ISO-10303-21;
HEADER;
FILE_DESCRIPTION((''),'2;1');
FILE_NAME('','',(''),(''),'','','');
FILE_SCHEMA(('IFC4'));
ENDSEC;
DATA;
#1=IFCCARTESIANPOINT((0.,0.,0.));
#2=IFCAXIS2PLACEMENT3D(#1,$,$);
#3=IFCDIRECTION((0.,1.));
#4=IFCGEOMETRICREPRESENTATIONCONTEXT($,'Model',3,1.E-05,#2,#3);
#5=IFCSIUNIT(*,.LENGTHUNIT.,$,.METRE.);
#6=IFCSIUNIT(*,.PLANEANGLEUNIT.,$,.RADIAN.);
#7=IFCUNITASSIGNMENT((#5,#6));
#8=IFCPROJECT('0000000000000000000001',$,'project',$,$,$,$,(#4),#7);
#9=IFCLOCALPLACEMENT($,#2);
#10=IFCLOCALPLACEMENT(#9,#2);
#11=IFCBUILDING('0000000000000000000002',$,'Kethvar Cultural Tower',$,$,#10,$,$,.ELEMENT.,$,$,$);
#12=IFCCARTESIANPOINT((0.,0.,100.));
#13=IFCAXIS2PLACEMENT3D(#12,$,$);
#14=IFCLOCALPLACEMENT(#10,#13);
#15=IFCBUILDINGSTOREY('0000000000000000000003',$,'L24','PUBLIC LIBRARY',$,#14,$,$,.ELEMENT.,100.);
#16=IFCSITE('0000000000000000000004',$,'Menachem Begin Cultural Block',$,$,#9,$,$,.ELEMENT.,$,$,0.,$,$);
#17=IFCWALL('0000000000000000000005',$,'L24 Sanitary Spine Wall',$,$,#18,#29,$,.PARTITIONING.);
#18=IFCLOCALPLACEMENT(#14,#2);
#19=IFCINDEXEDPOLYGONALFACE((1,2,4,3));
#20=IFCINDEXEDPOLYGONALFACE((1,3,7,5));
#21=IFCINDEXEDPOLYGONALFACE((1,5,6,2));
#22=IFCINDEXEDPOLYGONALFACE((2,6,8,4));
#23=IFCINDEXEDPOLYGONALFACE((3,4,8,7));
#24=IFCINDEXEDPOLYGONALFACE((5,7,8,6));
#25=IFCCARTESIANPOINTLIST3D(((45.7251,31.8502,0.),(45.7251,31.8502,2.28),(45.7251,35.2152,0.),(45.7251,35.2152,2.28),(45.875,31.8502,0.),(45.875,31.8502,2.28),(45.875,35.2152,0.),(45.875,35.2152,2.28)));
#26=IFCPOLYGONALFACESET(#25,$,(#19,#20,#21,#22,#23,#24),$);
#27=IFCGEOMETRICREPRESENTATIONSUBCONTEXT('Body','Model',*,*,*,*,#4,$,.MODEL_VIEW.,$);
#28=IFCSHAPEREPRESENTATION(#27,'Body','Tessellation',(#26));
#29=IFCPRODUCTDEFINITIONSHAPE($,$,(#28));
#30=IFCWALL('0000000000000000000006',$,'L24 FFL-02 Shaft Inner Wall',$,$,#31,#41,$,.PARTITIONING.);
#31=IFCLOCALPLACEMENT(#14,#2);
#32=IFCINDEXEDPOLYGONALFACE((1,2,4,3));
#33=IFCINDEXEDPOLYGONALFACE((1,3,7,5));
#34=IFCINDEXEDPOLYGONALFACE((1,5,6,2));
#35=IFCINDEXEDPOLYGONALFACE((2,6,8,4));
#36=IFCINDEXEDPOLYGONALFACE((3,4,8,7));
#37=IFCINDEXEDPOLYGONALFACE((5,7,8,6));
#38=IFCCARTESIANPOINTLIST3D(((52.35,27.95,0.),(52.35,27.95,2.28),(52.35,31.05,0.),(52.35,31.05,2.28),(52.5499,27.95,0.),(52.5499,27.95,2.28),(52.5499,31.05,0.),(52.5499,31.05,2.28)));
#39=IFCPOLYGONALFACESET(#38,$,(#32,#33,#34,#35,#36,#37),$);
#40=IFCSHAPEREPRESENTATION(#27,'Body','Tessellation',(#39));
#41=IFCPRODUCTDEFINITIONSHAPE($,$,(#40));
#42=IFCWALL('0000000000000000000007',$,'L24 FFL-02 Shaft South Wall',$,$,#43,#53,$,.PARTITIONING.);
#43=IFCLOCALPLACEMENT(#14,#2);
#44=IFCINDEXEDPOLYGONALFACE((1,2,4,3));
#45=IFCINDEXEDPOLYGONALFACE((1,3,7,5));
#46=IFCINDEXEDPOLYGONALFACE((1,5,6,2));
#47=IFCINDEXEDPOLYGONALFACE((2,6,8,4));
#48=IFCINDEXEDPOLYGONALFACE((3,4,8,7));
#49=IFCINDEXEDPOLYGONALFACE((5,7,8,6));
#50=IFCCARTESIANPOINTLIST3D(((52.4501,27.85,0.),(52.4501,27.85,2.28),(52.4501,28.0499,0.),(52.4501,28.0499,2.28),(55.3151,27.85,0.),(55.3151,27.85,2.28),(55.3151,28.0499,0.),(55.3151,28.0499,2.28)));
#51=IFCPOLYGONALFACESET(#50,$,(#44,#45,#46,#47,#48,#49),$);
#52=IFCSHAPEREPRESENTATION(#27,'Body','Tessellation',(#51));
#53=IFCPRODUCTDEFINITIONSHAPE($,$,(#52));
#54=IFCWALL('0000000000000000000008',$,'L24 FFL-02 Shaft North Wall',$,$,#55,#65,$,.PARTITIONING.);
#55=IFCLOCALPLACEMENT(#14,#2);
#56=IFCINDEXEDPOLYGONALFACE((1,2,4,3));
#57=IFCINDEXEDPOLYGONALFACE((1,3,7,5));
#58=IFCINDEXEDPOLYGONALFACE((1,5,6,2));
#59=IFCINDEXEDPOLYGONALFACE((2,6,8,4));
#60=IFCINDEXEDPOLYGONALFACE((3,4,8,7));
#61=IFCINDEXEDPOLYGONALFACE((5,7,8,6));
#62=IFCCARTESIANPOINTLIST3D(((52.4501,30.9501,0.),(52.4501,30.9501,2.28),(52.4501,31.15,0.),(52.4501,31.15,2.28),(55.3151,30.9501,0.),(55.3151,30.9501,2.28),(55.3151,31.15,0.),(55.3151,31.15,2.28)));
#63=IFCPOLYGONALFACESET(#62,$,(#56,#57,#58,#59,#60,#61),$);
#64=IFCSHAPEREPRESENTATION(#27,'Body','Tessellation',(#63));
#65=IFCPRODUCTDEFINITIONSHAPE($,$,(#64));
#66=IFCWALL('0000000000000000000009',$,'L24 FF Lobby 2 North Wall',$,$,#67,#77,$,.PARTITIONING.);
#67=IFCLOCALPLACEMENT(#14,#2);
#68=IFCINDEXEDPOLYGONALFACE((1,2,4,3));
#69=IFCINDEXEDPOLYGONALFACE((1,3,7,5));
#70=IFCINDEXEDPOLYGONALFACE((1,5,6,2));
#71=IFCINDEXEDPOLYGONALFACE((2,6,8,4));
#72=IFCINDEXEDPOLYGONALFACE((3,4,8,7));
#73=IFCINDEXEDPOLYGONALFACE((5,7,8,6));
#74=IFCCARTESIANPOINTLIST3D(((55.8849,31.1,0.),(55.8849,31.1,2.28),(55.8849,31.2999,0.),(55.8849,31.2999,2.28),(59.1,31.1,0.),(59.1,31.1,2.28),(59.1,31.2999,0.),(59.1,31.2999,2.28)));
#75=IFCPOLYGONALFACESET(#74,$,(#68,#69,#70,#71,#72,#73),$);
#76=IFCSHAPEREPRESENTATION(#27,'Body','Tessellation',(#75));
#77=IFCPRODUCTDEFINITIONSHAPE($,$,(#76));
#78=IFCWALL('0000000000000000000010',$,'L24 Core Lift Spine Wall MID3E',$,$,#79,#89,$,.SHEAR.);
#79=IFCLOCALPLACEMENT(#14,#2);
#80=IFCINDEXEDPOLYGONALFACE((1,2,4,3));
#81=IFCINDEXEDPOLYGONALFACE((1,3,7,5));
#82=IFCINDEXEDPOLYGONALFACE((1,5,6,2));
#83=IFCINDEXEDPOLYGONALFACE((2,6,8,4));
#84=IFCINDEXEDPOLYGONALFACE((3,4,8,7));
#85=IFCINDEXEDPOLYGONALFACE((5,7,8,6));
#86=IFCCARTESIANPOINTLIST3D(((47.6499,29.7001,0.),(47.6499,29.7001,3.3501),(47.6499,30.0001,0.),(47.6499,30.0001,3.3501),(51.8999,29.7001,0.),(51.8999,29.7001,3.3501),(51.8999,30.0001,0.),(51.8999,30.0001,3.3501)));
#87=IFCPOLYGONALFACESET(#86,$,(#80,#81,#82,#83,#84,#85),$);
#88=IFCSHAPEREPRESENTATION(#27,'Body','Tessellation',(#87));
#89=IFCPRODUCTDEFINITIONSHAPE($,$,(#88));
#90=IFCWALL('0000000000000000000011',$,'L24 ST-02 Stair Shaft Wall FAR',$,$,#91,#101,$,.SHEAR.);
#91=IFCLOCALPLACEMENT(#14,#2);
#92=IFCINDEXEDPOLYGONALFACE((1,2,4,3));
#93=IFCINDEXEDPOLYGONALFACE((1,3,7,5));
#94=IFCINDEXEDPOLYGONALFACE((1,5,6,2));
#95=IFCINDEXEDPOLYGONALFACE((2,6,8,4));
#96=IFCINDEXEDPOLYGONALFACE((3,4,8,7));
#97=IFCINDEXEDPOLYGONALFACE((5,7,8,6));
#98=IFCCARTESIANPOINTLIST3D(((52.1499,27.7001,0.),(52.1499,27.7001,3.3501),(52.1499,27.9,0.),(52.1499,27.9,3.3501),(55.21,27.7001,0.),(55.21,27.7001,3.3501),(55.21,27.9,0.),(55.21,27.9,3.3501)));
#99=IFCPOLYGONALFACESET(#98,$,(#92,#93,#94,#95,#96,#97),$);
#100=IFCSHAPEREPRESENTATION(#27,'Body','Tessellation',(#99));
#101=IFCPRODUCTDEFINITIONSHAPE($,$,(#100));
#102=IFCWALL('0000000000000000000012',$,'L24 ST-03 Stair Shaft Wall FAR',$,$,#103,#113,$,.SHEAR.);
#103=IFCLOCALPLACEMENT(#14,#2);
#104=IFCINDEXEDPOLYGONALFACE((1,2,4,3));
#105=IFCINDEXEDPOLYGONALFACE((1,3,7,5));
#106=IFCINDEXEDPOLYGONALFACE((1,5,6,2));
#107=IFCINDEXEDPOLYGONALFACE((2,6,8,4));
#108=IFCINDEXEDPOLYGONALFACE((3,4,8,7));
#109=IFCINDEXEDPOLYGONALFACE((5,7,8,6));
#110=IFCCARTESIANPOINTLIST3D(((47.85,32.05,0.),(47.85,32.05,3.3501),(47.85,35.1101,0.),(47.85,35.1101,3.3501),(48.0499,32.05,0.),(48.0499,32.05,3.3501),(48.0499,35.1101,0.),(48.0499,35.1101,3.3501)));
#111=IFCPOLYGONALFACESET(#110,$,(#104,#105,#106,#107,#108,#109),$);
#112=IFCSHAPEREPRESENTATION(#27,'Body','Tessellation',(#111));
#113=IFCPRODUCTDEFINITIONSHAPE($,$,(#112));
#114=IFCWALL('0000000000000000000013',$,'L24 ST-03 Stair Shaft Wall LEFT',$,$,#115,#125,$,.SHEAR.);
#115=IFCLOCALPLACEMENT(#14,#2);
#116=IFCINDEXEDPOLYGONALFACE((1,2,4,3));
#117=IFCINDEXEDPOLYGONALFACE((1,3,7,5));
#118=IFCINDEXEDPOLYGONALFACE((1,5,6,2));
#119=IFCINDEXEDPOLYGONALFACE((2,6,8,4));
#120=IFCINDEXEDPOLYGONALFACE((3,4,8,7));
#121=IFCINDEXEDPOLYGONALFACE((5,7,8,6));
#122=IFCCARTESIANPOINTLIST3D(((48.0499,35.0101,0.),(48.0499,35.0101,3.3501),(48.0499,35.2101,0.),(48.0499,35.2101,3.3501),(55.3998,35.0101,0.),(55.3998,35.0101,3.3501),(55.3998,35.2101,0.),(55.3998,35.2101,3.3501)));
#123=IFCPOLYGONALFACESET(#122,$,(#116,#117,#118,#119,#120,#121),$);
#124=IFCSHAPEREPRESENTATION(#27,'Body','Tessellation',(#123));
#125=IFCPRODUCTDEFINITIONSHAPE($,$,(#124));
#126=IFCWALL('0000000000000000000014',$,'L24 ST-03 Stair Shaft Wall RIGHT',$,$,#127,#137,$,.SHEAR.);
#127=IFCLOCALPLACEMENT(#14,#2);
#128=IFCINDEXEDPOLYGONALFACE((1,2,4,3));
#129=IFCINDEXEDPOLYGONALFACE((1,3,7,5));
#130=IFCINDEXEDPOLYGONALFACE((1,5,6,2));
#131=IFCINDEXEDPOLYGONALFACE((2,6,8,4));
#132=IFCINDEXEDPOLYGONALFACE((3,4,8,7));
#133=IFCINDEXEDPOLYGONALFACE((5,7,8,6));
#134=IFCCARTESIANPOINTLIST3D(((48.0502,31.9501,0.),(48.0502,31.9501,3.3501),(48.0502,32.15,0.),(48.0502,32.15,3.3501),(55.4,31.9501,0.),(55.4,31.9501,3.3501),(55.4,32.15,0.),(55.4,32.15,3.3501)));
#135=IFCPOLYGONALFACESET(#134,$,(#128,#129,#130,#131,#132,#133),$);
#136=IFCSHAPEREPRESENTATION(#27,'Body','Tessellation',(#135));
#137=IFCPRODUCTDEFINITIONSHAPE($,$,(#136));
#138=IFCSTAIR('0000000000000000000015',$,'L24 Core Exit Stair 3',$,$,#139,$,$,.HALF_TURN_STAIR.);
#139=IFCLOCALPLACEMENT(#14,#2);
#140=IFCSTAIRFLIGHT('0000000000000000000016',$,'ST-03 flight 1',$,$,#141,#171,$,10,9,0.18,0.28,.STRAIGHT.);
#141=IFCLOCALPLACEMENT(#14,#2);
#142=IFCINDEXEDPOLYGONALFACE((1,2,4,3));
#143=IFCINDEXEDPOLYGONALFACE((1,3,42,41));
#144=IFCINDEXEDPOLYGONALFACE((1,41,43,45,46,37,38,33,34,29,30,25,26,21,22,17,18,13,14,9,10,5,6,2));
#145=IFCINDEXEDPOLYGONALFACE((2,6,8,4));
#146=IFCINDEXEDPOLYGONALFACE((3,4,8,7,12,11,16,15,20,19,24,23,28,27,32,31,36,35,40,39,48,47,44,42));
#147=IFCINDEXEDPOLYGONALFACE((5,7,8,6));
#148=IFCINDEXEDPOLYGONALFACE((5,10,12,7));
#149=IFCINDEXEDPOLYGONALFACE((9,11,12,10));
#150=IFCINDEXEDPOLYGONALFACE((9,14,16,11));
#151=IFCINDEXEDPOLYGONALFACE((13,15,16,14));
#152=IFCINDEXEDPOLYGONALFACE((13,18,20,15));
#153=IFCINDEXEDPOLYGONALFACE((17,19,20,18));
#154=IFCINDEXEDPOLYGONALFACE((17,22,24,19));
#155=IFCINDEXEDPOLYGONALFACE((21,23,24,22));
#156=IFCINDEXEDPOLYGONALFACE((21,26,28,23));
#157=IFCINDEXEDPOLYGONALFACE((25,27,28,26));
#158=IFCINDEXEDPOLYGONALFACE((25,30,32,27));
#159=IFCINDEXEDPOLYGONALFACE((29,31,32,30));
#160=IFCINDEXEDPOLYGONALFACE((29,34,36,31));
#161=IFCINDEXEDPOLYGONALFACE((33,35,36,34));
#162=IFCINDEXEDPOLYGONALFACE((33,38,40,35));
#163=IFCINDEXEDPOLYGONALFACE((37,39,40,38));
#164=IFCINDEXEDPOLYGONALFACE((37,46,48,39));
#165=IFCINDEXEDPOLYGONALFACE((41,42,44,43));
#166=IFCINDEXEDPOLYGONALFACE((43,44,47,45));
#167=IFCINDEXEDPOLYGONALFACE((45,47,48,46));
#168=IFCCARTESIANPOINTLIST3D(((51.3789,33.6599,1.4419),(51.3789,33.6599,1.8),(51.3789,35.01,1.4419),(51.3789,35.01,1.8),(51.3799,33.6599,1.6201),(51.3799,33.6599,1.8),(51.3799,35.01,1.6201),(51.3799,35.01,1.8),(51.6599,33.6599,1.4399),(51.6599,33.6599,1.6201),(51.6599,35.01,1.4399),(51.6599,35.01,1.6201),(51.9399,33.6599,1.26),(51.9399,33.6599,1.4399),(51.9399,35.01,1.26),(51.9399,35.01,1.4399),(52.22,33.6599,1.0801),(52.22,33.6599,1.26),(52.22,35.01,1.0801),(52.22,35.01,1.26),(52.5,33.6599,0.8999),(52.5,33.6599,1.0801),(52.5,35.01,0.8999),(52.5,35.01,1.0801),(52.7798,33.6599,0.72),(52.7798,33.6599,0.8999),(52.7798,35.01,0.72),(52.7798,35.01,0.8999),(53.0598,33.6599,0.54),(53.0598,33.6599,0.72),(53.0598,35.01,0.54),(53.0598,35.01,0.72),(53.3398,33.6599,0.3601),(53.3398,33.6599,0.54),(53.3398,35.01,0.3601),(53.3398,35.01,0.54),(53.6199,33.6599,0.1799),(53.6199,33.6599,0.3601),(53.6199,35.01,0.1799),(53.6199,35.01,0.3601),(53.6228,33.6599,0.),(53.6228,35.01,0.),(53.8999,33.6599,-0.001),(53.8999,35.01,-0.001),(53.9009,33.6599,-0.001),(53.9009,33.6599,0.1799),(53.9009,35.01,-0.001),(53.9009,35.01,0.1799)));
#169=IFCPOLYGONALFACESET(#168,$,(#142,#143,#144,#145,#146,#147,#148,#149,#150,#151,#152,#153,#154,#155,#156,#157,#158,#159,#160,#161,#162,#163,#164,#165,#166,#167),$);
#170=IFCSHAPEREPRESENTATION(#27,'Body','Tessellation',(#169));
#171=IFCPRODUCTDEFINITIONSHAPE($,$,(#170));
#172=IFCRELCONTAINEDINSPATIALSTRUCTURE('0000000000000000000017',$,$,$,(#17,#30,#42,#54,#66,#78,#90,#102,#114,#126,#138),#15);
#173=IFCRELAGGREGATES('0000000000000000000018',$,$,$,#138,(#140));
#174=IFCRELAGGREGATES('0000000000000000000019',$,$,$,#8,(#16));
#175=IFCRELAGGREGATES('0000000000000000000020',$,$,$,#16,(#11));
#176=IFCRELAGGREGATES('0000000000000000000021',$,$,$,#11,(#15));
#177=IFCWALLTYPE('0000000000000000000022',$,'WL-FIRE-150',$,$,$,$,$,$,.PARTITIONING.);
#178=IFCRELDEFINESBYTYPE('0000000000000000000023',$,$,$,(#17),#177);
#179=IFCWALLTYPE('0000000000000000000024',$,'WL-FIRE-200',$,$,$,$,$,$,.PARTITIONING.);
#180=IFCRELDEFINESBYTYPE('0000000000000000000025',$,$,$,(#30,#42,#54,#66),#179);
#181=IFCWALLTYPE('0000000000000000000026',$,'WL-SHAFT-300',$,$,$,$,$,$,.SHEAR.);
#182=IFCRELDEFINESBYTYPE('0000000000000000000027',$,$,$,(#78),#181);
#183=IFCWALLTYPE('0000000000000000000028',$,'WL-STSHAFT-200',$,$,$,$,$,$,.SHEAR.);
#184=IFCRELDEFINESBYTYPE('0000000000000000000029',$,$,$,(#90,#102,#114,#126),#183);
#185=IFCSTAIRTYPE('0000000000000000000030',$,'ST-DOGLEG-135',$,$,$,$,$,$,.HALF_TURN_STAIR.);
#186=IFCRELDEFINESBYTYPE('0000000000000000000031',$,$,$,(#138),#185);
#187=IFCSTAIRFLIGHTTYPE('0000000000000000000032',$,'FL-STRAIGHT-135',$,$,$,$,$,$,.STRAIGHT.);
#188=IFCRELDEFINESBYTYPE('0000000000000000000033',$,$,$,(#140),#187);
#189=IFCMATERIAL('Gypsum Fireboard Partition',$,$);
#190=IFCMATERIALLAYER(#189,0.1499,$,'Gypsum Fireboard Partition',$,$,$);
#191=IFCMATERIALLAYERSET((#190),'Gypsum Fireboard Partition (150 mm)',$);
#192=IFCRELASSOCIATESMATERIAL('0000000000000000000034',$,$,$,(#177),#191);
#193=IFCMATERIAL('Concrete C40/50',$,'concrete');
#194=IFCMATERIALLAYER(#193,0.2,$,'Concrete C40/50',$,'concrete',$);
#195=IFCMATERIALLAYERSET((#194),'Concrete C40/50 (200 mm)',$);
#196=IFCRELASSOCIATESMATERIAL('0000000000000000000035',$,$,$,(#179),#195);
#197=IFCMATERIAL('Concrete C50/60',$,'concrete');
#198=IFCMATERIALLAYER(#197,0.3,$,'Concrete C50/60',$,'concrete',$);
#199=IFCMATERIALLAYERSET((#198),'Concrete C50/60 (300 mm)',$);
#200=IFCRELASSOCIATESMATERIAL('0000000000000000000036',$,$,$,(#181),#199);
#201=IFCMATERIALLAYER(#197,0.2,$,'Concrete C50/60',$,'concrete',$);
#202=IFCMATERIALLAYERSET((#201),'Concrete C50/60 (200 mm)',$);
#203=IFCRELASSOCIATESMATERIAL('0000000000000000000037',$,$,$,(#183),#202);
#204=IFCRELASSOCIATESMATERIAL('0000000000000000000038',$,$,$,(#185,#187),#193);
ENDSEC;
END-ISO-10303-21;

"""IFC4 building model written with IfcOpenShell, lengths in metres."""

from ifc_helpers import new_model, si_unit, direction, frame, frame_2d, origin, place, context, subcontext, project, spatial, polyline, rectangle, outline, extrude, material, layer, layer_set, type_object, element, aggregate, save


model = new_model("IFC4")

# Units and contexts
model_context = context("Model", 3, precision=1e-05, world=origin(), true_north=direction((0.0, 1.0)))
body_context = subcontext(model_context, "Body", "Model", "MODEL_VIEW")
ifc_project = project(units=[si_unit("LENGTHUNIT", "METRE"), si_unit("PLANEANGLEUNIT", "RADIAN")], contexts=[model_context])

# Site, building, storey
site_placement = place(None, origin())
site = spatial("IfcSite", under=ifc_project, at=site_placement, Name="Menachem Begin Cultural Block", CompositionType="ELEMENT", RefElevation=0.0)
building_placement = place(site_placement, origin())
building = spatial("IfcBuilding", under=site, at=building_placement, Name="Kethvar Cultural Tower", CompositionType="ELEMENT")
storey_placement = place(building_placement, frame((0.0, 0.0, 100.0)))
storey = spatial("IfcBuildingStorey", under=building, at=storey_placement, Name="L24", Description="PUBLIC LIBRARY", CompositionType="ELEMENT", Elevation=100.0)

# Walls
ifc_material_1 = material(Name="Gypsum Fireboard Partition")
ifc_layer_1 = layer(ifc_material_1, 0.1499, Name="Gypsum Fireboard Partition")
ifc_layer_set_1 = layer_set([ifc_layer_1], Name="Gypsum Fireboard Partition (150 mm)")
wall_type_1 = type_object("IfcWallType", Name="WL-FIRE-150", PredefinedType="PARTITIONING", material=ifc_layer_set_1)
wall_1_placement = place(storey_placement, frame((45.8, 31.8501, 0.0), z_axis=(0.0, 0.0, 1.0), x_axis=(0.0, 1.0, 0.0)))
element("IfcWall", 1, at=wall_1_placement, inside=storey, type_object=wall_type_1, Name="L24 Sanitary Spine Wall", PredefinedType="PARTITIONING", context=body_context, shape_type="SweptSolid", body=[
    extrude(rectangle(XDim=3.365, YDim=0.1499, at=frame_2d((1.6826, 0.0))), origin(), (0.0, 0.0, 1.0), 2.28),
])
ifc_material_2 = material(Name="Concrete C40/50", Category="concrete")
ifc_layer_2 = layer(ifc_material_2, 0.2, Name="Concrete C40/50", Category="concrete")
ifc_layer_set_2 = layer_set([ifc_layer_2], Name="Concrete C40/50 (200 mm)")
wall_type_2 = type_object("IfcWallType", Name="WL-FIRE-200", PredefinedType="PARTITIONING", material=ifc_layer_set_2)
wall_2_placement = place(storey_placement, frame((52.45, 27.95, 0.0), z_axis=(0.0, 0.0, 1.0), x_axis=(0.0, 1.0, 0.0)))
element("IfcWall", 2, at=wall_2_placement, inside=storey, type_object=wall_type_2, Name="L24 FFL-02 Shaft Inner Wall", PredefinedType="PARTITIONING", context=body_context, shape_type="SweptSolid", body=[
    extrude(rectangle(XDim=3.1001, YDim=0.2, at=frame_2d((1.55, 0.0))), origin(), (0.0, 0.0, 1.0), 2.28),
])
for number, where, z_axis, x_axis, name in (
    (3, (52.45, 27.95, 0.0), (0.0, 0.0, 1.0), (1.0, 0.0, 0.0), "L24 FFL-02 Shaft South Wall"),
    (4, (52.45, 31.05, 0.0), (0.0, 0.0, 1.0), (1.0, 0.0, 0.0), "L24 FFL-02 Shaft North Wall"),
):
    element("IfcWall", number, at=place(storey_placement, frame(where, z_axis=z_axis, x_axis=x_axis)), inside=storey, type_object=wall_type_2, Name=name, PredefinedType="PARTITIONING", context=body_context, shape_type="SweptSolid", body=[
        extrude(rectangle(XDim=2.865, YDim=0.2, at=frame_2d((1.4326, 0.0))), origin(), (0.0, 0.0, 1.0), 2.28),
    ])
wall_3_placement = place(storey_placement, frame((55.885, 31.2, 0.0), z_axis=(0.0, 0.0, 1.0), x_axis=(1.0, 0.0, 0.0)))
element("IfcWall", 5, at=wall_3_placement, inside=storey, type_object=wall_type_2, Name="L24 FF Lobby 2 North Wall", PredefinedType="PARTITIONING", context=body_context, shape_type="SweptSolid", body=[
    extrude(rectangle(XDim=3.2151, YDim=0.2, at=frame_2d((1.6074, 0.0))), origin(), (0.0, 0.0, 1.0), 2.28),
])
ifc_material_3 = material(Name="Concrete C50/60", Category="concrete")
ifc_layer_3 = layer(ifc_material_3, 0.3, Name="Concrete C50/60", Category="concrete")
ifc_layer_set_3 = layer_set([ifc_layer_3], Name="Concrete C50/60 (300 mm)")
wall_type_3 = type_object("IfcWallType", Name="WL-SHAFT-300", PredefinedType="SHEAR", material=ifc_layer_set_3)
wall_4_placement = place(storey_placement, frame((47.6499, 29.8501, 0.0), z_axis=(0.0, 0.0, 1.0), x_axis=(1.0, 0.0, 0.0)))
element("IfcWall", 6, at=wall_4_placement, inside=storey, type_object=wall_type_3, Name="L24 Core Lift Spine Wall MID3E", PredefinedType="SHEAR", context=body_context, shape_type="SweptSolid", body=[
    extrude(rectangle(XDim=4.25, YDim=0.3, at=frame_2d((2.125, 0.0))), origin(), (0.0, 0.0, 1.0), 3.3501),
])
ifc_layer_4 = layer(ifc_material_3, 0.2, Name="Concrete C50/60", Category="concrete")
ifc_layer_set_4 = layer_set([ifc_layer_4], Name="Concrete C50/60 (200 mm)")
wall_type_4 = type_object("IfcWallType", Name="WL-STSHAFT-200", PredefinedType="SHEAR", material=ifc_layer_set_4)
for number, where, z_axis, x_axis, name in (
    (7, (52.1499, 27.8, 0.0), (0.0, 0.0, 1.0), (1.0, 0.0, 0.0), "L24 ST-02 Stair Shaft Wall FAR"),
    (8, (47.95, 32.05, 0.0), (0.0, 0.0, 1.0), (0.0, 1.0, 0.0), "L24 ST-03 Stair Shaft Wall FAR"),
):
    element("IfcWall", number, at=place(storey_placement, frame(where, z_axis=z_axis, x_axis=x_axis)), inside=storey, type_object=wall_type_4, Name=name, PredefinedType="SHEAR", context=body_context, shape_type="SweptSolid", body=[
        extrude(rectangle(XDim=3.0601, YDim=0.2, at=frame_2d((1.53, 0.0))), origin(), (0.0, 0.0, 1.0), 3.3501),
    ])
for number, where, z_axis, x_axis, name in (
    (9, (48.05, 35.1101, 0.0), (0.0, 0.0, 1.0), (1.0, 0.0, 0.0), "L24 ST-03 Stair Shaft Wall LEFT"),
    (10, (55.3999, 32.05, 0.0), (0.0, 0.0, 1.0), (-1.0, 0.0, 0.0), "L24 ST-03 Stair Shaft Wall RIGHT"),
):
    element("IfcWall", number, at=place(storey_placement, frame(where, z_axis=z_axis, x_axis=x_axis)), inside=storey, type_object=wall_type_4, Name=name, PredefinedType="SHEAR", context=body_context, shape_type="SweptSolid", body=[
        extrude(rectangle(XDim=7.3499, YDim=0.2, at=frame_2d((3.6748, 0.0))), origin(), (0.0, 0.0, 1.0), 3.3501),
    ])

# Stair, stair flight
stair_type = type_object("IfcStairType", Name="ST-DOGLEG-135", PredefinedType="HALF_TURN_STAIR", material=ifc_material_2)
stair_placement = place(storey_placement, origin())
stair = element("IfcStair", 11, at=stair_placement, inside=storey, type_object=stair_type, Name="L24 Core Exit Stair 3", PredefinedType="HALF_TURN_STAIR")
stair_flight_type = type_object("IfcStairFlightType", Name="FL-STRAIGHT-135", PredefinedType="STRAIGHT", material=ifc_material_2)
stair_flight_1_placement = place(storey_placement, frame((53.8999, 34.335, 0.0), z_axis=(0.0, 0.0, 1.0), x_axis=(-1.0, 0.0, 0.0)))
stair_flight_1 = element("IfcStairFlight", 12, at=stair_flight_1_placement, type_object=stair_flight_type, Name="ST-03 flight 1", NumberOfRisers=10, NumberOfTreads=9, PredefinedType="STRAIGHT", RiserHeight=0.18, TreadLength=0.28, context=body_context, shape_type="SweptSolid", body=[
    extrude(outline(polyline([(-0.001, -0.001), (-0.001, 0.1799), (0.28, 0.1799), (0.28, 0.3601), (0.5601, 0.3601), (0.5601, 0.54), (0.8401, 0.54), (0.8401, 0.72), (1.1201, 0.72), (1.1201, 0.8999), (1.3999, 0.8999), (1.3999, 1.0801), (1.6799, 1.0801), (1.6799, 1.26), (1.96, 1.26), (1.96, 1.4399), (2.24, 1.4399), (2.24, 1.6201), (2.52, 1.6201), (2.52, 1.8), (2.521, 1.8), (2.521, 1.4419), (0.2771, 0.0), (0.0, -0.001), (-0.001, -0.001)])), frame((0.0, 0.675, 0.0), z_axis=(0.0, -1.0, 0.0), x_axis=(1.0, 0.0, 0.0)), (0.0, 0.0, 1.0), 1.3501),
])
aggregate(stair, [stair_flight_1])

save(model, "model.ifc")
